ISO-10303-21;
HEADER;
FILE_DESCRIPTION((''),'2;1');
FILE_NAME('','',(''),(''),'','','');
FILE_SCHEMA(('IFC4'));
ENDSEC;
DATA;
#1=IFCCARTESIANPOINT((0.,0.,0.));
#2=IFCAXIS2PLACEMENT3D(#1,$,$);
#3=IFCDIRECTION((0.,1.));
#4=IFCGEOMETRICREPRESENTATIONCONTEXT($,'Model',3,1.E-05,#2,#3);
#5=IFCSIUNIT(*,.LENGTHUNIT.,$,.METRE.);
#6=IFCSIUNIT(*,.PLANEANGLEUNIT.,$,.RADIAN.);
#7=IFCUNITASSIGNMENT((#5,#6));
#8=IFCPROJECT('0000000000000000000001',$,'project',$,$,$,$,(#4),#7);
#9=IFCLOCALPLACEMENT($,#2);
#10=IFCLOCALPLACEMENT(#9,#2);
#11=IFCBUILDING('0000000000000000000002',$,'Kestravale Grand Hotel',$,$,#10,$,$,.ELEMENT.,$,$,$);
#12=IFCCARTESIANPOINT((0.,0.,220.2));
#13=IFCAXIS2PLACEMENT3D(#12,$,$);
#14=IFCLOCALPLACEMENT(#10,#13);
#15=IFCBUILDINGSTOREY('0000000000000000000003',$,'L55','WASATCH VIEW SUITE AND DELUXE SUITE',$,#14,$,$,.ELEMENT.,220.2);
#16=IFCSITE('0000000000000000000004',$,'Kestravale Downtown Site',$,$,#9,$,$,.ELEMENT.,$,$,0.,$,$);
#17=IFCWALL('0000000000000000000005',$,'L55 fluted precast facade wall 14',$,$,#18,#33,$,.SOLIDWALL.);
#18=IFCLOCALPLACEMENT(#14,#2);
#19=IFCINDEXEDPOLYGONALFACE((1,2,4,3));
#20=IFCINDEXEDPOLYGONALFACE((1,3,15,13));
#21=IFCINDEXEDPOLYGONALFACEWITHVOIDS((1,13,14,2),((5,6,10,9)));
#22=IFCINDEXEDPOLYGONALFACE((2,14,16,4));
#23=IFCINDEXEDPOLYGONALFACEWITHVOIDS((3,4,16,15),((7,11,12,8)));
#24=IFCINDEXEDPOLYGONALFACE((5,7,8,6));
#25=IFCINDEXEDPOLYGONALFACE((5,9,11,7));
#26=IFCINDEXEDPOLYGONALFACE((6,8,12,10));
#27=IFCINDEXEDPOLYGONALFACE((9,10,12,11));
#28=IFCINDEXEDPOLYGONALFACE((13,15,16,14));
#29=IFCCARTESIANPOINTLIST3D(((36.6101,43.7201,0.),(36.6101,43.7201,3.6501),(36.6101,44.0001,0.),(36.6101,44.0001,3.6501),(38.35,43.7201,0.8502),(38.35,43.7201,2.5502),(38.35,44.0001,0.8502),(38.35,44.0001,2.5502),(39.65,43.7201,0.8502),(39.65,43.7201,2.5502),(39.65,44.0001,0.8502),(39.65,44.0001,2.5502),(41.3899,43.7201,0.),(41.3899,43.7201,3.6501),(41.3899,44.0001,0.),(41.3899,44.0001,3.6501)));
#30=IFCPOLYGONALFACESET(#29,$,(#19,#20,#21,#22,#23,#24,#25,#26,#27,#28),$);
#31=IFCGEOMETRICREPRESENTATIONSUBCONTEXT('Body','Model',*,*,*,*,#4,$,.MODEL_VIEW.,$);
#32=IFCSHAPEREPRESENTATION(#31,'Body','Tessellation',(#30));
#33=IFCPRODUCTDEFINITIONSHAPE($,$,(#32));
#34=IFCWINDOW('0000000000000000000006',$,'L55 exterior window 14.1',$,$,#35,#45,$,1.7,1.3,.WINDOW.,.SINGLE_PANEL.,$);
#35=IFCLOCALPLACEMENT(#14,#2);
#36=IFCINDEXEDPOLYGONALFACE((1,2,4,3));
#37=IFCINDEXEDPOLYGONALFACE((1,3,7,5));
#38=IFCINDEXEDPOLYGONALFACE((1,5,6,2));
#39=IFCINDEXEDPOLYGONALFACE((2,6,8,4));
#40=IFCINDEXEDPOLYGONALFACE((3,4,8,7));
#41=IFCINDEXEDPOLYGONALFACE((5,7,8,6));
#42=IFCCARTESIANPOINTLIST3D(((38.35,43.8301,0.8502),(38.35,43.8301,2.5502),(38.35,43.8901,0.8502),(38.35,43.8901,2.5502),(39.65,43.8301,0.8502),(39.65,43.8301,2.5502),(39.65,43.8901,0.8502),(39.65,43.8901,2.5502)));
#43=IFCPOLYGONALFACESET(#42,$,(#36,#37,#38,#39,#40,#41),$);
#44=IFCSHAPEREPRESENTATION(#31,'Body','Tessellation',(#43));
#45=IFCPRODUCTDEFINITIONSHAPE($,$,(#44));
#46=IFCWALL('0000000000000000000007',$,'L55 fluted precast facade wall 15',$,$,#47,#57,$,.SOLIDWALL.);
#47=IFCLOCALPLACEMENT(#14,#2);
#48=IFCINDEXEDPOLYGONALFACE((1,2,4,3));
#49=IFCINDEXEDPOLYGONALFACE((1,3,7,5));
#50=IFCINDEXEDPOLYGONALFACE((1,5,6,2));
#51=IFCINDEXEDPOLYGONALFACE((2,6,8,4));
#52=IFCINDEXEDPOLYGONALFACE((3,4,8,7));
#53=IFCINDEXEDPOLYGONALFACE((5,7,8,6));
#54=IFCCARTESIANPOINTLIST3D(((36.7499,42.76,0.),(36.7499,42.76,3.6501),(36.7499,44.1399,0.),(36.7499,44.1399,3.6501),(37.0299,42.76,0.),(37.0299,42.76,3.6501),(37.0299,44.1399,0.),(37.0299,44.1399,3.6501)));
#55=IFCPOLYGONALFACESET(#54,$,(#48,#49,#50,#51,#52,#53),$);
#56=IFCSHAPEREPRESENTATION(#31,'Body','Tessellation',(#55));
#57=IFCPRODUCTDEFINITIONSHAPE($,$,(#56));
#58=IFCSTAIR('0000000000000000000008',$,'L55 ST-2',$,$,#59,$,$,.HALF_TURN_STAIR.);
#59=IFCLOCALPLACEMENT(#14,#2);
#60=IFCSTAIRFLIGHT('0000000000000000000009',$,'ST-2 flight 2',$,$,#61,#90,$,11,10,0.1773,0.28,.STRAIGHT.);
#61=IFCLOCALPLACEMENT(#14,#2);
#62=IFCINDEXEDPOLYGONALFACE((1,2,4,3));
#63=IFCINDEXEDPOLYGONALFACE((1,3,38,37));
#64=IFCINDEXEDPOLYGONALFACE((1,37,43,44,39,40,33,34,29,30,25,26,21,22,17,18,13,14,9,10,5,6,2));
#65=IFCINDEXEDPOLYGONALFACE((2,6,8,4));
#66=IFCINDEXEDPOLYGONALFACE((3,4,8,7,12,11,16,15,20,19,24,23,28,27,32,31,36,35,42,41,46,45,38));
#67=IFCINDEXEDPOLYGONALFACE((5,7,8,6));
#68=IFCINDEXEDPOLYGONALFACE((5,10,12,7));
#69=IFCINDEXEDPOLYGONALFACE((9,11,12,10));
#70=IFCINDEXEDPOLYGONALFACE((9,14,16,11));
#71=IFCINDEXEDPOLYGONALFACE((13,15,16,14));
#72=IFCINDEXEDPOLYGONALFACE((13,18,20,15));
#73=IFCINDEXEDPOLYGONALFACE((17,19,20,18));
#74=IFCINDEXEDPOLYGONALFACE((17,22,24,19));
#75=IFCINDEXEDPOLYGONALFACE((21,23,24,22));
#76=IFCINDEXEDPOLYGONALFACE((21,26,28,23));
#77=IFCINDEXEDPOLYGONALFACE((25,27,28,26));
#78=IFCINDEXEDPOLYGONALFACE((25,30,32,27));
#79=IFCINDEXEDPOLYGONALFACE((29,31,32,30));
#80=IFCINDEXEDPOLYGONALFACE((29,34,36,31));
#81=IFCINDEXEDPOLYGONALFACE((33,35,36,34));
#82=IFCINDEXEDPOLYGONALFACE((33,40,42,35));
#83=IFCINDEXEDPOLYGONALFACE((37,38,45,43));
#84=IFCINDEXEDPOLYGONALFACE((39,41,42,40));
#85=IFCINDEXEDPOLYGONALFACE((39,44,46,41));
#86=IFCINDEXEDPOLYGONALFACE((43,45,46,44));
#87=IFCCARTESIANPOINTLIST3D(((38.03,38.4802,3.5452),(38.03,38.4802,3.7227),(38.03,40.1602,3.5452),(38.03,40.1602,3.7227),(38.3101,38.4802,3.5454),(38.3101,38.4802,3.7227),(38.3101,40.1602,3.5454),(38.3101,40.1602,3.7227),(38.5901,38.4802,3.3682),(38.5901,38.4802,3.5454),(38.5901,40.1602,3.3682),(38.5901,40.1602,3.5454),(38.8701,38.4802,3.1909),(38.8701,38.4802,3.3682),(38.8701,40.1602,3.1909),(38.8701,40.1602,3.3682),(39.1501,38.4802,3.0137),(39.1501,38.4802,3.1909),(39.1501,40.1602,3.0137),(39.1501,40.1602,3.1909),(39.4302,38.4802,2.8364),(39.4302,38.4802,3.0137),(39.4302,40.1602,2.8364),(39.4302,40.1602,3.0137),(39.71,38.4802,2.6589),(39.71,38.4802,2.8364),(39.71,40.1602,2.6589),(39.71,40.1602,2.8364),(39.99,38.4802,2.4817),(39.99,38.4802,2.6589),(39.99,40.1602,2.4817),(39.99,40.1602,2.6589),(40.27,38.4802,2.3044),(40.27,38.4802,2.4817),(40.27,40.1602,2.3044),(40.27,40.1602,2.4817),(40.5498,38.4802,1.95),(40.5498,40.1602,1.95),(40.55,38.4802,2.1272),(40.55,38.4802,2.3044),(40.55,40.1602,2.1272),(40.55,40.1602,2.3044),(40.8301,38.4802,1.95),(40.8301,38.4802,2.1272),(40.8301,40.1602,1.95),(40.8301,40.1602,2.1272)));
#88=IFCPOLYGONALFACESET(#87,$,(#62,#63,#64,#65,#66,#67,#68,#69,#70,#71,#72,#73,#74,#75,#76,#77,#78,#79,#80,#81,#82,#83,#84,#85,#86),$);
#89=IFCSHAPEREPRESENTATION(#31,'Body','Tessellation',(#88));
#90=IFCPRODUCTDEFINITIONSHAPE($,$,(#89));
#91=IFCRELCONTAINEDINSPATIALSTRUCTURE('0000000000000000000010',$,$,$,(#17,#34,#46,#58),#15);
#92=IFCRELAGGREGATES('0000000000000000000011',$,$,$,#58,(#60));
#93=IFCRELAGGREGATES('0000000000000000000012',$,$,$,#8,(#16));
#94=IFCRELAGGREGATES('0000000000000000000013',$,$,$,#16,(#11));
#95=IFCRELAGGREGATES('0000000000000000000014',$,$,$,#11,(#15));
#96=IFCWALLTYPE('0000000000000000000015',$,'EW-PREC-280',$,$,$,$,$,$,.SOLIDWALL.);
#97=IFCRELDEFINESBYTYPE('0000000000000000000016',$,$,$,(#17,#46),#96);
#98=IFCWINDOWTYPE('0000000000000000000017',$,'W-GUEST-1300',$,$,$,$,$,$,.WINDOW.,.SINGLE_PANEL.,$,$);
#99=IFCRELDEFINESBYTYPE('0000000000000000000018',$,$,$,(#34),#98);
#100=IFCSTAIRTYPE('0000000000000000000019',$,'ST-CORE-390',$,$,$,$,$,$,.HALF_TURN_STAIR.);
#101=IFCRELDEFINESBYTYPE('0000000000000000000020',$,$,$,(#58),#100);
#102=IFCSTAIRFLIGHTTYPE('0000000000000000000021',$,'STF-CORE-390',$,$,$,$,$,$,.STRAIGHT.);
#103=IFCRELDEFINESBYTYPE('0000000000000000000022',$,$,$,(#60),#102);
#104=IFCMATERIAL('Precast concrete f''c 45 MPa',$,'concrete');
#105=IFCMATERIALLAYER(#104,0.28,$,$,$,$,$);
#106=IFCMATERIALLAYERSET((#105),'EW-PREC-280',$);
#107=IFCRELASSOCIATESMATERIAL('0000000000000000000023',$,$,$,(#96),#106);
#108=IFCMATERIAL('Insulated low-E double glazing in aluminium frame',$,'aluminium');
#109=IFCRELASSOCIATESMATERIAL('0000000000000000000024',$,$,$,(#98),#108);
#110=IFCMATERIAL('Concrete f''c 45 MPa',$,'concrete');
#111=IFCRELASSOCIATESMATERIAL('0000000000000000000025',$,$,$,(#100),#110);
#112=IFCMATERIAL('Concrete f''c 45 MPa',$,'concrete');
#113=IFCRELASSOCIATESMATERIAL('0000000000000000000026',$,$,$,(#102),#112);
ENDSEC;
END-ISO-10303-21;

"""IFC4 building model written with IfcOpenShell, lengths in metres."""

from ifc_helpers import new_model, si_unit, direction, frame, frame_2d, origin, place, context, subcontext, project, spatial, polyline, rectangle, outline, extrude, material, layer, layer_set, type_object, element, fill, aggregate, save


model = new_model("IFC4")

# Units and contexts
model_context = context("Model", 3, precision=1e-05, world=origin(), true_north=direction((0.0, 1.0)))
body_context = subcontext(model_context, "Body", "Model", "MODEL_VIEW")
ifc_project = project(units=[si_unit("LENGTHUNIT", "METRE"), si_unit("PLANEANGLEUNIT", "RADIAN")], contexts=[model_context])

# Site, building, storey
site_placement = place(None, origin())
site = spatial("IfcSite", under=ifc_project, at=site_placement, Name="Kestravale Downtown Site", CompositionType="ELEMENT", RefElevation=0.0)
building_placement = place(site_placement, origin())
building = spatial("IfcBuilding", under=site, at=building_placement, Name="Kestravale Grand Hotel", CompositionType="ELEMENT")
storey_placement = place(building_placement, frame((0.0, 0.0, 220.2)))
storey = spatial("IfcBuildingStorey", under=building, at=storey_placement, Name="L55", Description="WASATCH VIEW SUITE AND DELUXE SUITE", CompositionType="ELEMENT", Elevation=220.2)

# Shared definitions
ifc_material_1 = material(Name="Precast concrete f'c 45 MPa", Category="concrete")
ifc_layer_1 = layer(ifc_material_1, 0.28)
ifc_layer_set_1 = layer_set([ifc_layer_1], Name="EW-PREC-280")
wall_type_1 = type_object("IfcWallType", Name="EW-PREC-280", PredefinedType="SOLIDWALL", material=ifc_layer_set_1)

# Wall, opening, window
ifc_material_2 = material(Name="Insulated low-E double glazing in aluminium frame", Category="aluminium")
window_type = type_object("IfcWindowType", Name="W-GUEST-1300", PartitioningType="SINGLE_PANEL", PredefinedType="WINDOW", material=ifc_material_2)
wall_1_placement = place(storey_placement, frame((41.3899, 43.8601, 0.0), z_axis=(0.0, 0.0, 1.0), x_axis=(-1.0, 0.0, 0.0)))
wall_1 = element("IfcWall", 1, at=wall_1_placement, inside=storey, type_object=wall_type_1, Name="L55 fluted precast facade wall 14", PredefinedType="SOLIDWALL", context=body_context, shape_type="SweptSolid", body=[
    extrude(rectangle(XDim=4.7798, YDim=0.28, at=frame_2d((2.3899, 0.0))), origin(), (0.0, 0.0, 1.0), 3.6501),
])
opening_1_placement = place(wall_1_placement, frame((1.74, 0.0, 0.8501)))
opening_1 = element("IfcOpeningElement", 2, at=opening_1_placement, cuts=wall_1, PredefinedType="OPENING", context=body_context, shape_type="SweptSolid", body=[
    extrude(rectangle(XDim=1.3, YDim=1.7, at=frame_2d((0.6499, 0.8501))), frame((0.0, 0.1499, 0.0), z_axis=(0.0, -1.0, 0.0), x_axis=(1.0, 0.0, 0.0)), (0.0, 0.0, 1.0), 0.3),
])
window_1_placement = place(opening_1_placement, origin())
window_1 = element("IfcWindow", 3, at=window_1_placement, inside=storey, type_object=window_type, Name="L55 exterior window 14.1", OverallHeight=1.7, OverallWidth=1.3, PartitioningType="SINGLE_PANEL", PredefinedType="WINDOW", context=body_context, shape_type="SweptSolid", body=[
    extrude(rectangle(XDim=1.3, YDim=1.7, at=frame_2d((0.6499, 0.8501))), frame((0.0, 0.03, 0.0), z_axis=(0.0, -1.0, 0.0), x_axis=(1.0, 0.0, 0.0)), (0.0, 0.0, 1.0), 0.0601),
])
fill(opening_1, window_1)

# Wall
wall_2_placement = place(storey_placement, frame((36.8899, 44.1399, 0.0), z_axis=(0.0, 0.0, 1.0), x_axis=(0.0, -1.0, 0.0)))
element("IfcWall", 4, at=wall_2_placement, inside=storey, type_object=wall_type_1, Name="L55 fluted precast facade wall 15", PredefinedType="SOLIDWALL", context=body_context, shape_type="SweptSolid", body=[
    extrude(rectangle(XDim=1.3799, YDim=0.28, at=frame_2d((0.6899, 0.0))), origin(), (0.0, 0.0, 1.0), 3.6501),
])

# Stair, stair flight
ifc_material_3 = material(Name="Concrete f'c 45 MPa", Category="concrete")
stair_type = type_object("IfcStairType", Name="ST-CORE-390", PredefinedType="HALF_TURN_STAIR", material=ifc_material_3)
stair_placement = place(storey_placement, origin())
stair = element("IfcStair", 5, at=stair_placement, inside=storey, type_object=stair_type, Name="L55 ST-2", PredefinedType="HALF_TURN_STAIR")
ifc_material_4 = material(Name="Concrete f'c 45 MPa", Category="concrete")
stair_flight_type = type_object("IfcStairFlightType", Name="STF-CORE-390", PredefinedType="STRAIGHT", material=ifc_material_4)
stair_flight_placement = place(storey_placement, frame((40.8301, 39.3201, 1.95), z_axis=(0.0, 0.0, 1.0), x_axis=(-1.0, 0.0, 0.0)))
stair_flight = element("IfcStairFlight", 6, at=stair_flight_placement, type_object=stair_flight_type, Name="ST-2 flight 2", NumberOfRisers=11, NumberOfTreads=10, PredefinedType="STRAIGHT", RiserHeight=0.1773, TreadLength=0.28, context=body_context, shape_type="SweptSolid", body=[
    extrude(outline(polyline([(0.0, 0.0), (0.0, 0.1772), (0.28, 0.1772), (0.28, 0.3545), (0.5601, 0.3545), (0.5601, 0.5317), (0.8401, 0.5317), (0.8401, 0.709), (1.1201, 0.709), (1.1201, 0.8865), (1.3999, 0.8865), (1.3999, 1.0637), (1.6799, 1.0637), (1.6799, 1.241), (1.96, 1.241), (1.96, 1.4182), (2.24, 1.4182), (2.24, 1.5955), (2.52, 1.5955), (2.52, 1.7727), (2.8, 1.7727), (2.8, 1.95), (2.8, 1.5952), (0.2803, 0.0), (0.0, 0.0)])), frame((0.0, 0.8398, 0.0), z_axis=(0.0, -1.0, 0.0), x_axis=(1.0, 0.0, 0.0)), (0.0, 0.0, 1.0), 1.6799),
])
aggregate(stair, [stair_flight])

save(model, "model.ifc")
